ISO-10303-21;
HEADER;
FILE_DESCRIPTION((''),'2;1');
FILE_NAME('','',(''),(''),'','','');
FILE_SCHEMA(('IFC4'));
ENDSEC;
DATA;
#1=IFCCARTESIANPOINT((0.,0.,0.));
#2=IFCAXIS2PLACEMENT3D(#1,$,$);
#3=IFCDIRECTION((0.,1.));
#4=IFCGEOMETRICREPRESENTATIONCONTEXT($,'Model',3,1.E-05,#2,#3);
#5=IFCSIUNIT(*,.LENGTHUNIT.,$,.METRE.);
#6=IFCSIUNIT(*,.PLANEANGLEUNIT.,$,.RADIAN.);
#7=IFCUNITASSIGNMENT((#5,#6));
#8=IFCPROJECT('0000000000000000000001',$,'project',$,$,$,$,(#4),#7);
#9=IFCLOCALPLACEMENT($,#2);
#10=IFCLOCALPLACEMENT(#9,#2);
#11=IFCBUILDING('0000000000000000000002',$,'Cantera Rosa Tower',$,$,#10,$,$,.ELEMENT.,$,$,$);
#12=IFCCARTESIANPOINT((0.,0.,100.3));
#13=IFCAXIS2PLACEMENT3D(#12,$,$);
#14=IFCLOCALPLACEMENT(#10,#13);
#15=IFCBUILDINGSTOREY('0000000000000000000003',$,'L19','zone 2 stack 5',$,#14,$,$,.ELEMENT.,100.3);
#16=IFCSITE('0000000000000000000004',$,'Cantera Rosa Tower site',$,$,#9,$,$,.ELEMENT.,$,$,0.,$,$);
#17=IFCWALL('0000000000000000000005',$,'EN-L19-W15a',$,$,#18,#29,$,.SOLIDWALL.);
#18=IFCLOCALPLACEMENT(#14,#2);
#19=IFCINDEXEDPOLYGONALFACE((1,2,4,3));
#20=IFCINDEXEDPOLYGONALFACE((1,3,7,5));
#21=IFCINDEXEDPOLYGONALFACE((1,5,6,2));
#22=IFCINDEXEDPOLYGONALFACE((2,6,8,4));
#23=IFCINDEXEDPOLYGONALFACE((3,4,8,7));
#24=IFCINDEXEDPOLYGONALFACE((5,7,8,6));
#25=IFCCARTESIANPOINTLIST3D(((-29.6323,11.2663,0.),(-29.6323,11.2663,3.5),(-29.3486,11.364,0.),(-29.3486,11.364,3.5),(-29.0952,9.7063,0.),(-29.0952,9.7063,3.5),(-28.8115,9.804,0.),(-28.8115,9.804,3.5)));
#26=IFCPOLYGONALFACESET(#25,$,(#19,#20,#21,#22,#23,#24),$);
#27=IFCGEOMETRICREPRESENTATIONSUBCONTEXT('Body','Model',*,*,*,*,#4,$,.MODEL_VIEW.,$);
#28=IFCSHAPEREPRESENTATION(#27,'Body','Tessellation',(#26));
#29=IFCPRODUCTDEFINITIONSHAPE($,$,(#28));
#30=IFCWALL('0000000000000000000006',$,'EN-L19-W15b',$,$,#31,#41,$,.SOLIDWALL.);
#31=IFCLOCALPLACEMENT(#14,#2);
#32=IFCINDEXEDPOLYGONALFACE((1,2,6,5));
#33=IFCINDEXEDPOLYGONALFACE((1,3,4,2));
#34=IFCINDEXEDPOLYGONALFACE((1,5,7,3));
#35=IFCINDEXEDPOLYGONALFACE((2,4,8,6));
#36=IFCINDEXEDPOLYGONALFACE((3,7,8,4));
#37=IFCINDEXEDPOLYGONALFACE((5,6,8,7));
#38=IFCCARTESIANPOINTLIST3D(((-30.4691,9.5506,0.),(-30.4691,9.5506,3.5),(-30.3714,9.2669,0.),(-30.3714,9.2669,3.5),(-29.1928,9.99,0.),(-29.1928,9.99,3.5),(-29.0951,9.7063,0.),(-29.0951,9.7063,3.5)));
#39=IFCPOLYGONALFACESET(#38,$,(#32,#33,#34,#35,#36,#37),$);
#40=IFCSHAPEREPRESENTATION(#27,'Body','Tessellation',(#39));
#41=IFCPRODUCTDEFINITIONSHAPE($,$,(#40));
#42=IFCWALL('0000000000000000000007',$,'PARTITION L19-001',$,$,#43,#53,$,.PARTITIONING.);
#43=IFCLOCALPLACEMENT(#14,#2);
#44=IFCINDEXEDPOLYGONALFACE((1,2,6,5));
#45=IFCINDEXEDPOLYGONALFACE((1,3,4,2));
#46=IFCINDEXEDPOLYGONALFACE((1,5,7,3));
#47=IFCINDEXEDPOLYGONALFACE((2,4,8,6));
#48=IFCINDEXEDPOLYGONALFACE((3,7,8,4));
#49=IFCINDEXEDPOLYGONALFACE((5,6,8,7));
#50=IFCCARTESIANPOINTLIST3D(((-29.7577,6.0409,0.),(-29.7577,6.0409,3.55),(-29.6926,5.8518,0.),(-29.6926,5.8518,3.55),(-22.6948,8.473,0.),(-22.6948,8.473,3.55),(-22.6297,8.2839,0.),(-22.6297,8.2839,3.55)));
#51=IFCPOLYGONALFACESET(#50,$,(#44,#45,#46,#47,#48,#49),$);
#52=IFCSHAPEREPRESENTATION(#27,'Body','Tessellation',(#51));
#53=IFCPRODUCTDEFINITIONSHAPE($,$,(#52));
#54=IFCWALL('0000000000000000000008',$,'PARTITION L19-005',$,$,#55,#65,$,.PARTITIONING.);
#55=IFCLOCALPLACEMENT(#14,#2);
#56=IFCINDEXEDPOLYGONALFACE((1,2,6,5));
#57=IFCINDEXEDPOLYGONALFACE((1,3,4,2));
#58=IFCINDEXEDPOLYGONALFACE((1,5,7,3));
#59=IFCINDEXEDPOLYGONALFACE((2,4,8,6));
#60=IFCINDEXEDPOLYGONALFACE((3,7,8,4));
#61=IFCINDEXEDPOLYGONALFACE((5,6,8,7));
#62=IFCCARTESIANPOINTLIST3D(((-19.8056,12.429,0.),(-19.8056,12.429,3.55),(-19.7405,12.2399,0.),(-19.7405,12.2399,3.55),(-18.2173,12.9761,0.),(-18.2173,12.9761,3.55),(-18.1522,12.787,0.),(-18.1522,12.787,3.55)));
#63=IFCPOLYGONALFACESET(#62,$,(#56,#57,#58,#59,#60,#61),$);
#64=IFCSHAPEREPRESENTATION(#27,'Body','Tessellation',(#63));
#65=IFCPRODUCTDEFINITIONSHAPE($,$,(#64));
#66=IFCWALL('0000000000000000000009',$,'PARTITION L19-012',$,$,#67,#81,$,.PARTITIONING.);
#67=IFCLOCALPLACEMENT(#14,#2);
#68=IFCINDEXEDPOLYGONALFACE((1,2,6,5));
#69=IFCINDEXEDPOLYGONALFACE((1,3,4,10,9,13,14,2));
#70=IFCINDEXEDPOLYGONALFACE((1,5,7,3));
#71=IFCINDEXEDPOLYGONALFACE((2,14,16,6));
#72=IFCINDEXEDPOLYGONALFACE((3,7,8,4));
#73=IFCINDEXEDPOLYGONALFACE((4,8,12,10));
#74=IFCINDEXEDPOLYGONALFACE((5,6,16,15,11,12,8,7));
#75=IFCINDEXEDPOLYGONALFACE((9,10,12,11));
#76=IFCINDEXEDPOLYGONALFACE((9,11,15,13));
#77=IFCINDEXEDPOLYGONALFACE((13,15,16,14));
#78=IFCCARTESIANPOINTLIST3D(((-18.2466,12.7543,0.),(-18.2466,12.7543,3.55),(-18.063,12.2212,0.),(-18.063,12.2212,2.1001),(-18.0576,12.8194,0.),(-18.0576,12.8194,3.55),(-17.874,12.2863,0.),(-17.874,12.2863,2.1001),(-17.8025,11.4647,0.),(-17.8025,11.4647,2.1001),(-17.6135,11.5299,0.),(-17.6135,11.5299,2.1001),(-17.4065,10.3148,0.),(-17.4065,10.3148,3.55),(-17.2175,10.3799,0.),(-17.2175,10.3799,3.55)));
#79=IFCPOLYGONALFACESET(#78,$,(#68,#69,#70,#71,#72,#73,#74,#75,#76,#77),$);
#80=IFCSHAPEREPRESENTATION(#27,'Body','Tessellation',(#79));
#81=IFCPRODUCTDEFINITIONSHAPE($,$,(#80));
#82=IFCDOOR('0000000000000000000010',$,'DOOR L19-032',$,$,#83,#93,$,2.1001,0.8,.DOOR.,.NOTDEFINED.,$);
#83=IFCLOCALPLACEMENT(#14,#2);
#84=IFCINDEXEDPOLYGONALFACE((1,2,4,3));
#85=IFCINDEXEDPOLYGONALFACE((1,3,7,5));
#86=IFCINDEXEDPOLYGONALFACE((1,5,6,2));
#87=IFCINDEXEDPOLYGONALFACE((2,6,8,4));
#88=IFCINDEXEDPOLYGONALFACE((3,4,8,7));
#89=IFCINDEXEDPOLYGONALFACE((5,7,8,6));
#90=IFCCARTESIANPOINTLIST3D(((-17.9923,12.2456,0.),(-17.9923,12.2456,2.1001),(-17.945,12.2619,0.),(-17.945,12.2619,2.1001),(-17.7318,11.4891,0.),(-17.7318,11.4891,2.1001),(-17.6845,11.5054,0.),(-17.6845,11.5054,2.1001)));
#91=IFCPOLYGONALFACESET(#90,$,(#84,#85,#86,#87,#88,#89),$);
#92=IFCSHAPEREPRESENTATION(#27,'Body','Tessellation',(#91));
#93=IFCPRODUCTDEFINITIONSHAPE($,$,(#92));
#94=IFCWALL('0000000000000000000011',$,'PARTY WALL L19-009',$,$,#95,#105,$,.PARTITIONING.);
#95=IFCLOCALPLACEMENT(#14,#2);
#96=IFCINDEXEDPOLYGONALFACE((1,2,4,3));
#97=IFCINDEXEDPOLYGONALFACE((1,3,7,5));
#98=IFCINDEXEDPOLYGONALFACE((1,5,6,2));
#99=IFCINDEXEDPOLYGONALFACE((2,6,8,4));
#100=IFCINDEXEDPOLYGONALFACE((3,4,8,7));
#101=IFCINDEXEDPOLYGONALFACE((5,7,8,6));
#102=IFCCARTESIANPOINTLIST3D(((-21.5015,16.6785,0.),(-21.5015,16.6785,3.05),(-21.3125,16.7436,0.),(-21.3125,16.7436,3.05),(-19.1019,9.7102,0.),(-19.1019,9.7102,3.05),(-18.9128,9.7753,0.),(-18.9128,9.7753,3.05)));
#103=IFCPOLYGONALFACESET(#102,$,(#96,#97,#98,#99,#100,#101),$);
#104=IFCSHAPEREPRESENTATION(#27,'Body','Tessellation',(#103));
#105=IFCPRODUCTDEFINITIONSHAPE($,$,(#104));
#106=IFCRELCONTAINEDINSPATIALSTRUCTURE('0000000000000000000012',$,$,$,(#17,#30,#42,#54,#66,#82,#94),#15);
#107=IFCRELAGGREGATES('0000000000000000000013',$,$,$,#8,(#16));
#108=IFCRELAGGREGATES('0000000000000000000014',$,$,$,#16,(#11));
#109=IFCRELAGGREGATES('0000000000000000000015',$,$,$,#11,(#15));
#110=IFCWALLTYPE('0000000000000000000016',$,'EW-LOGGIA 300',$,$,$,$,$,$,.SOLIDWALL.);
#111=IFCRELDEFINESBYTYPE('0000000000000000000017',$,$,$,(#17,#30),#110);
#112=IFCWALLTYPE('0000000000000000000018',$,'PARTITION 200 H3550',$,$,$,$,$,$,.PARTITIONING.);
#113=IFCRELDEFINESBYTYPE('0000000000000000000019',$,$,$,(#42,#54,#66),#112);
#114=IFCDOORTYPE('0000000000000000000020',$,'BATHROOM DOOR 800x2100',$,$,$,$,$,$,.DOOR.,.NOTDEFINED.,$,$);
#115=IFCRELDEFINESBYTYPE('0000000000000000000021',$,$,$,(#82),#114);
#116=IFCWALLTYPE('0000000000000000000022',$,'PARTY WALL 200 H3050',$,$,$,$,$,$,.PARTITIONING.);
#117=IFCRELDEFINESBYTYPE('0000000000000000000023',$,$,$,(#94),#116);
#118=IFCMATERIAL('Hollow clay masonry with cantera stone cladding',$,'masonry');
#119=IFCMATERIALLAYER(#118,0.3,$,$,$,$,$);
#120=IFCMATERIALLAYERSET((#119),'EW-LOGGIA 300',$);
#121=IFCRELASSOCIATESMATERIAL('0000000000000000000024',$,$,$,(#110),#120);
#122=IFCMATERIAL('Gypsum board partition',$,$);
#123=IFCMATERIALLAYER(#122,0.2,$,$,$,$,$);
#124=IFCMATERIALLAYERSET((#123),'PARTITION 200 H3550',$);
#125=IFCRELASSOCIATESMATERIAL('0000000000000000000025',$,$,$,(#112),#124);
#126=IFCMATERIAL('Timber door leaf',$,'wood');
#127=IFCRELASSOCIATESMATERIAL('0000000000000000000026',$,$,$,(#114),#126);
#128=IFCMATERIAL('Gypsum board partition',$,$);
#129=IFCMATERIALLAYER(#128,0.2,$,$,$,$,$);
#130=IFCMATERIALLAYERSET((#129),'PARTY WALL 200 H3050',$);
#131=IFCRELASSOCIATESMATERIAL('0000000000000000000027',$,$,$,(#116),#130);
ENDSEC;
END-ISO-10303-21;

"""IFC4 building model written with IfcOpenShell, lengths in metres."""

from ifc_helpers import new_model, si_unit, direction, frame, frame_2d, origin, place, context, subcontext, project, spatial, rectangle, extrude, material, layer, layer_set, type_object, element, fill, save


model = new_model("IFC4")

# Units and contexts
model_context = context("Model", 3, precision=1e-05, world=origin(), true_north=direction((0.0, 1.0)))
body_context = subcontext(model_context, "Body", "Model", "MODEL_VIEW")
ifc_project = project(units=[si_unit("LENGTHUNIT", "METRE"), si_unit("PLANEANGLEUNIT", "RADIAN")], contexts=[model_context])

# Site, building, storey
site_placement = place(None, origin())
site = spatial("IfcSite", under=ifc_project, at=site_placement, Name="Cantera Rosa Tower site", CompositionType="ELEMENT", RefElevation=0.0)
building_placement = place(site_placement, origin())
building = spatial("IfcBuilding", under=site, at=building_placement, Name="Cantera Rosa Tower", CompositionType="ELEMENT")
storey_placement = place(building_placement, frame((0.0, 0.0, 100.3)))
storey = spatial("IfcBuildingStorey", under=building, at=storey_placement, Name="L19", Description="zone 2 stack 5", CompositionType="ELEMENT", Elevation=100.3)

# Walls
ifc_material_1 = material(Name="Hollow clay masonry with cantera stone cladding", Category="masonry")
ifc_layer_1 = layer(ifc_material_1, 0.3)
ifc_layer_set_1 = layer_set([ifc_layer_1], Name="EW-LOGGIA 300")
wall_type_1 = type_object("IfcWallType", Name="EW-LOGGIA 300", PredefinedType="SOLIDWALL", material=ifc_layer_set_1)
wall_1_placement = place(storey_placement, frame((-29.4905, 11.3152, 0.0), z_axis=(0.0, 0.0, 1.0), x_axis=(0.325535, -0.94553, 0.0)))
element("IfcWall", 1, at=wall_1_placement, inside=storey, type_object=wall_type_1, Name="EN-L19-W15a", PredefinedType="SOLIDWALL", context=body_context, shape_type="SweptSolid", body=[
    extrude(rectangle(XDim=1.6499, YDim=0.3, at=frame_2d((0.825, 0.0))), origin(), (0.0, 0.0, 1.0), 3.5),
])
wall_2_placement = place(storey_placement, frame((-29.144, 9.8481, 0.0), z_axis=(0.0, 0.0, 1.0), x_axis=(-0.945527, -0.325545, 0.0)))
element("IfcWall", 2, at=wall_2_placement, inside=storey, type_object=wall_type_1, Name="EN-L19-W15b", PredefinedType="SOLIDWALL", context=body_context, shape_type="SweptSolid", body=[
    extrude(rectangle(XDim=1.3499, YDim=0.3, at=frame_2d((0.6748, 0.0))), origin(), (0.0, 0.0, 1.0), 3.5),
])

# Walls
ifc_material_2 = material(Name="Gypsum board partition")
ifc_layer_2 = layer(ifc_material_2, 0.2)
ifc_layer_set_2 = layer_set([ifc_layer_2], Name="PARTITION 200 H3550")
wall_type_2 = type_object("IfcWallType", Name="PARTITION 200 H3550", PredefinedType="PARTITIONING", material=ifc_layer_set_2)
wall_3_placement = place(storey_placement, frame((-22.6624, 8.3784, 0.0), z_axis=(0.0, 0.0, 1.0), x_axis=(-0.945513, -0.325586, 0.0)))
element("IfcWall", 3, at=wall_3_placement, inside=storey, type_object=wall_type_2, Name="PARTITION L19-001", PredefinedType="PARTITIONING", context=body_context, shape_type="SweptSolid", body=[
    extrude(rectangle(XDim=7.47, YDim=0.2, at=frame_2d((3.7349, 0.0))), origin(), (0.0, 0.0, 1.0), 3.55),
])
wall_4_placement = place(storey_placement, frame((-19.7729, 12.3345, 0.0), z_axis=(0.0, 0.0, 1.0), x_axis=(0.945483, 0.325673, 0.0)))
element("IfcWall", 4, at=wall_4_placement, inside=storey, type_object=wall_type_2, Name="PARTITION L19-005", PredefinedType="PARTITIONING", context=body_context, shape_type="SweptSolid", body=[
    extrude(rectangle(XDim=1.6799, YDim=0.2, at=frame_2d((0.8398, 0.0))), origin(), (0.0, 0.0, 1.0), 3.55),
])

# Wall, opening, door
wall_5_placement = place(storey_placement, frame((-18.1521, 12.7869, 0.0), z_axis=(0.0, 0.0, 1.0), x_axis=(0.325609, -0.945505, 0.0)))
wall_5 = element("IfcWall", 5, at=wall_5_placement, inside=storey, type_object=wall_type_2, Name="PARTITION L19-012", PredefinedType="PARTITIONING", context=body_context, shape_type="SweptSolid", body=[
    extrude(rectangle(XDim=2.5801, YDim=0.2, at=frame_2d((1.29, 0.0))), origin(), (0.0, 0.0, 1.0), 3.55),
])
opening_1_placement = place(wall_5_placement, frame((0.564, 0.0, 0.0)))
opening_1 = element("IfcOpeningElement", 6, at=opening_1_placement, cuts=wall_5, PredefinedType="OPENING", context=body_context, shape_type="SweptSolid", body=[
    extrude(rectangle(XDim=0.8, YDim=2.1001, at=frame_2d((0.3999, 1.05))), frame((0.0, 0.1099, 0.0), z_axis=(0.0, -1.0, 0.0), x_axis=(1.0, 0.0, 0.0)), (0.0, 0.0, 1.0), 0.22),
])
ifc_material_3 = material(Name="Timber door leaf", Category="wood")
door_type_1 = type_object("IfcDoorType", Name="BATHROOM DOOR 800x2100", OperationType="NOTDEFINED", PredefinedType="DOOR", material=ifc_material_3)
door_1_placement = place(opening_1_placement, origin())
door_1 = element("IfcDoor", 7, at=door_1_placement, inside=storey, type_object=door_type_1, Name="DOOR L19-032", OperationType="NOTDEFINED", OverallHeight=2.1001, OverallWidth=0.8, PredefinedType="DOOR", context=body_context, shape_type="SweptSolid", body=[
    extrude(rectangle(XDim=0.8, YDim=2.1001, at=frame_2d((0.3999, 1.05))), frame((0.0, 0.0249, 0.0), z_axis=(0.0, -1.0, 0.0), x_axis=(1.0, 0.0, 0.0)), (0.0, 0.0, 1.0), 0.05),
])
fill(opening_1, door_1)

# Wall
ifc_material_4 = material(Name="Gypsum board partition")
ifc_layer_3 = layer(ifc_material_4, 0.2)
ifc_layer_set_3 = layer_set([ifc_layer_3], Name="PARTY WALL 200 H3050")
wall_type_3 = type_object("IfcWallType", Name="PARTY WALL 200 H3050", PredefinedType="PARTITIONING", material=ifc_layer_set_3)
wall_6_placement = place(storey_placement, frame((-19.0073, 9.7427, 0.0), z_axis=(0.0, 0.0, 1.0), x_axis=(-0.325604, 0.945506, 0.0)))
element("IfcWall", 8, at=wall_6_placement, inside=storey, type_object=wall_type_3, Name="PARTY WALL L19-009", PredefinedType="PARTITIONING", context=body_context, shape_type="SweptSolid", body=[
    extrude(rectangle(XDim=7.3699, YDim=0.2, at=frame_2d((3.6851, 0.0))), origin(), (0.0, 0.0, 1.0), 3.05),
])

save(model, "model.ifc")
